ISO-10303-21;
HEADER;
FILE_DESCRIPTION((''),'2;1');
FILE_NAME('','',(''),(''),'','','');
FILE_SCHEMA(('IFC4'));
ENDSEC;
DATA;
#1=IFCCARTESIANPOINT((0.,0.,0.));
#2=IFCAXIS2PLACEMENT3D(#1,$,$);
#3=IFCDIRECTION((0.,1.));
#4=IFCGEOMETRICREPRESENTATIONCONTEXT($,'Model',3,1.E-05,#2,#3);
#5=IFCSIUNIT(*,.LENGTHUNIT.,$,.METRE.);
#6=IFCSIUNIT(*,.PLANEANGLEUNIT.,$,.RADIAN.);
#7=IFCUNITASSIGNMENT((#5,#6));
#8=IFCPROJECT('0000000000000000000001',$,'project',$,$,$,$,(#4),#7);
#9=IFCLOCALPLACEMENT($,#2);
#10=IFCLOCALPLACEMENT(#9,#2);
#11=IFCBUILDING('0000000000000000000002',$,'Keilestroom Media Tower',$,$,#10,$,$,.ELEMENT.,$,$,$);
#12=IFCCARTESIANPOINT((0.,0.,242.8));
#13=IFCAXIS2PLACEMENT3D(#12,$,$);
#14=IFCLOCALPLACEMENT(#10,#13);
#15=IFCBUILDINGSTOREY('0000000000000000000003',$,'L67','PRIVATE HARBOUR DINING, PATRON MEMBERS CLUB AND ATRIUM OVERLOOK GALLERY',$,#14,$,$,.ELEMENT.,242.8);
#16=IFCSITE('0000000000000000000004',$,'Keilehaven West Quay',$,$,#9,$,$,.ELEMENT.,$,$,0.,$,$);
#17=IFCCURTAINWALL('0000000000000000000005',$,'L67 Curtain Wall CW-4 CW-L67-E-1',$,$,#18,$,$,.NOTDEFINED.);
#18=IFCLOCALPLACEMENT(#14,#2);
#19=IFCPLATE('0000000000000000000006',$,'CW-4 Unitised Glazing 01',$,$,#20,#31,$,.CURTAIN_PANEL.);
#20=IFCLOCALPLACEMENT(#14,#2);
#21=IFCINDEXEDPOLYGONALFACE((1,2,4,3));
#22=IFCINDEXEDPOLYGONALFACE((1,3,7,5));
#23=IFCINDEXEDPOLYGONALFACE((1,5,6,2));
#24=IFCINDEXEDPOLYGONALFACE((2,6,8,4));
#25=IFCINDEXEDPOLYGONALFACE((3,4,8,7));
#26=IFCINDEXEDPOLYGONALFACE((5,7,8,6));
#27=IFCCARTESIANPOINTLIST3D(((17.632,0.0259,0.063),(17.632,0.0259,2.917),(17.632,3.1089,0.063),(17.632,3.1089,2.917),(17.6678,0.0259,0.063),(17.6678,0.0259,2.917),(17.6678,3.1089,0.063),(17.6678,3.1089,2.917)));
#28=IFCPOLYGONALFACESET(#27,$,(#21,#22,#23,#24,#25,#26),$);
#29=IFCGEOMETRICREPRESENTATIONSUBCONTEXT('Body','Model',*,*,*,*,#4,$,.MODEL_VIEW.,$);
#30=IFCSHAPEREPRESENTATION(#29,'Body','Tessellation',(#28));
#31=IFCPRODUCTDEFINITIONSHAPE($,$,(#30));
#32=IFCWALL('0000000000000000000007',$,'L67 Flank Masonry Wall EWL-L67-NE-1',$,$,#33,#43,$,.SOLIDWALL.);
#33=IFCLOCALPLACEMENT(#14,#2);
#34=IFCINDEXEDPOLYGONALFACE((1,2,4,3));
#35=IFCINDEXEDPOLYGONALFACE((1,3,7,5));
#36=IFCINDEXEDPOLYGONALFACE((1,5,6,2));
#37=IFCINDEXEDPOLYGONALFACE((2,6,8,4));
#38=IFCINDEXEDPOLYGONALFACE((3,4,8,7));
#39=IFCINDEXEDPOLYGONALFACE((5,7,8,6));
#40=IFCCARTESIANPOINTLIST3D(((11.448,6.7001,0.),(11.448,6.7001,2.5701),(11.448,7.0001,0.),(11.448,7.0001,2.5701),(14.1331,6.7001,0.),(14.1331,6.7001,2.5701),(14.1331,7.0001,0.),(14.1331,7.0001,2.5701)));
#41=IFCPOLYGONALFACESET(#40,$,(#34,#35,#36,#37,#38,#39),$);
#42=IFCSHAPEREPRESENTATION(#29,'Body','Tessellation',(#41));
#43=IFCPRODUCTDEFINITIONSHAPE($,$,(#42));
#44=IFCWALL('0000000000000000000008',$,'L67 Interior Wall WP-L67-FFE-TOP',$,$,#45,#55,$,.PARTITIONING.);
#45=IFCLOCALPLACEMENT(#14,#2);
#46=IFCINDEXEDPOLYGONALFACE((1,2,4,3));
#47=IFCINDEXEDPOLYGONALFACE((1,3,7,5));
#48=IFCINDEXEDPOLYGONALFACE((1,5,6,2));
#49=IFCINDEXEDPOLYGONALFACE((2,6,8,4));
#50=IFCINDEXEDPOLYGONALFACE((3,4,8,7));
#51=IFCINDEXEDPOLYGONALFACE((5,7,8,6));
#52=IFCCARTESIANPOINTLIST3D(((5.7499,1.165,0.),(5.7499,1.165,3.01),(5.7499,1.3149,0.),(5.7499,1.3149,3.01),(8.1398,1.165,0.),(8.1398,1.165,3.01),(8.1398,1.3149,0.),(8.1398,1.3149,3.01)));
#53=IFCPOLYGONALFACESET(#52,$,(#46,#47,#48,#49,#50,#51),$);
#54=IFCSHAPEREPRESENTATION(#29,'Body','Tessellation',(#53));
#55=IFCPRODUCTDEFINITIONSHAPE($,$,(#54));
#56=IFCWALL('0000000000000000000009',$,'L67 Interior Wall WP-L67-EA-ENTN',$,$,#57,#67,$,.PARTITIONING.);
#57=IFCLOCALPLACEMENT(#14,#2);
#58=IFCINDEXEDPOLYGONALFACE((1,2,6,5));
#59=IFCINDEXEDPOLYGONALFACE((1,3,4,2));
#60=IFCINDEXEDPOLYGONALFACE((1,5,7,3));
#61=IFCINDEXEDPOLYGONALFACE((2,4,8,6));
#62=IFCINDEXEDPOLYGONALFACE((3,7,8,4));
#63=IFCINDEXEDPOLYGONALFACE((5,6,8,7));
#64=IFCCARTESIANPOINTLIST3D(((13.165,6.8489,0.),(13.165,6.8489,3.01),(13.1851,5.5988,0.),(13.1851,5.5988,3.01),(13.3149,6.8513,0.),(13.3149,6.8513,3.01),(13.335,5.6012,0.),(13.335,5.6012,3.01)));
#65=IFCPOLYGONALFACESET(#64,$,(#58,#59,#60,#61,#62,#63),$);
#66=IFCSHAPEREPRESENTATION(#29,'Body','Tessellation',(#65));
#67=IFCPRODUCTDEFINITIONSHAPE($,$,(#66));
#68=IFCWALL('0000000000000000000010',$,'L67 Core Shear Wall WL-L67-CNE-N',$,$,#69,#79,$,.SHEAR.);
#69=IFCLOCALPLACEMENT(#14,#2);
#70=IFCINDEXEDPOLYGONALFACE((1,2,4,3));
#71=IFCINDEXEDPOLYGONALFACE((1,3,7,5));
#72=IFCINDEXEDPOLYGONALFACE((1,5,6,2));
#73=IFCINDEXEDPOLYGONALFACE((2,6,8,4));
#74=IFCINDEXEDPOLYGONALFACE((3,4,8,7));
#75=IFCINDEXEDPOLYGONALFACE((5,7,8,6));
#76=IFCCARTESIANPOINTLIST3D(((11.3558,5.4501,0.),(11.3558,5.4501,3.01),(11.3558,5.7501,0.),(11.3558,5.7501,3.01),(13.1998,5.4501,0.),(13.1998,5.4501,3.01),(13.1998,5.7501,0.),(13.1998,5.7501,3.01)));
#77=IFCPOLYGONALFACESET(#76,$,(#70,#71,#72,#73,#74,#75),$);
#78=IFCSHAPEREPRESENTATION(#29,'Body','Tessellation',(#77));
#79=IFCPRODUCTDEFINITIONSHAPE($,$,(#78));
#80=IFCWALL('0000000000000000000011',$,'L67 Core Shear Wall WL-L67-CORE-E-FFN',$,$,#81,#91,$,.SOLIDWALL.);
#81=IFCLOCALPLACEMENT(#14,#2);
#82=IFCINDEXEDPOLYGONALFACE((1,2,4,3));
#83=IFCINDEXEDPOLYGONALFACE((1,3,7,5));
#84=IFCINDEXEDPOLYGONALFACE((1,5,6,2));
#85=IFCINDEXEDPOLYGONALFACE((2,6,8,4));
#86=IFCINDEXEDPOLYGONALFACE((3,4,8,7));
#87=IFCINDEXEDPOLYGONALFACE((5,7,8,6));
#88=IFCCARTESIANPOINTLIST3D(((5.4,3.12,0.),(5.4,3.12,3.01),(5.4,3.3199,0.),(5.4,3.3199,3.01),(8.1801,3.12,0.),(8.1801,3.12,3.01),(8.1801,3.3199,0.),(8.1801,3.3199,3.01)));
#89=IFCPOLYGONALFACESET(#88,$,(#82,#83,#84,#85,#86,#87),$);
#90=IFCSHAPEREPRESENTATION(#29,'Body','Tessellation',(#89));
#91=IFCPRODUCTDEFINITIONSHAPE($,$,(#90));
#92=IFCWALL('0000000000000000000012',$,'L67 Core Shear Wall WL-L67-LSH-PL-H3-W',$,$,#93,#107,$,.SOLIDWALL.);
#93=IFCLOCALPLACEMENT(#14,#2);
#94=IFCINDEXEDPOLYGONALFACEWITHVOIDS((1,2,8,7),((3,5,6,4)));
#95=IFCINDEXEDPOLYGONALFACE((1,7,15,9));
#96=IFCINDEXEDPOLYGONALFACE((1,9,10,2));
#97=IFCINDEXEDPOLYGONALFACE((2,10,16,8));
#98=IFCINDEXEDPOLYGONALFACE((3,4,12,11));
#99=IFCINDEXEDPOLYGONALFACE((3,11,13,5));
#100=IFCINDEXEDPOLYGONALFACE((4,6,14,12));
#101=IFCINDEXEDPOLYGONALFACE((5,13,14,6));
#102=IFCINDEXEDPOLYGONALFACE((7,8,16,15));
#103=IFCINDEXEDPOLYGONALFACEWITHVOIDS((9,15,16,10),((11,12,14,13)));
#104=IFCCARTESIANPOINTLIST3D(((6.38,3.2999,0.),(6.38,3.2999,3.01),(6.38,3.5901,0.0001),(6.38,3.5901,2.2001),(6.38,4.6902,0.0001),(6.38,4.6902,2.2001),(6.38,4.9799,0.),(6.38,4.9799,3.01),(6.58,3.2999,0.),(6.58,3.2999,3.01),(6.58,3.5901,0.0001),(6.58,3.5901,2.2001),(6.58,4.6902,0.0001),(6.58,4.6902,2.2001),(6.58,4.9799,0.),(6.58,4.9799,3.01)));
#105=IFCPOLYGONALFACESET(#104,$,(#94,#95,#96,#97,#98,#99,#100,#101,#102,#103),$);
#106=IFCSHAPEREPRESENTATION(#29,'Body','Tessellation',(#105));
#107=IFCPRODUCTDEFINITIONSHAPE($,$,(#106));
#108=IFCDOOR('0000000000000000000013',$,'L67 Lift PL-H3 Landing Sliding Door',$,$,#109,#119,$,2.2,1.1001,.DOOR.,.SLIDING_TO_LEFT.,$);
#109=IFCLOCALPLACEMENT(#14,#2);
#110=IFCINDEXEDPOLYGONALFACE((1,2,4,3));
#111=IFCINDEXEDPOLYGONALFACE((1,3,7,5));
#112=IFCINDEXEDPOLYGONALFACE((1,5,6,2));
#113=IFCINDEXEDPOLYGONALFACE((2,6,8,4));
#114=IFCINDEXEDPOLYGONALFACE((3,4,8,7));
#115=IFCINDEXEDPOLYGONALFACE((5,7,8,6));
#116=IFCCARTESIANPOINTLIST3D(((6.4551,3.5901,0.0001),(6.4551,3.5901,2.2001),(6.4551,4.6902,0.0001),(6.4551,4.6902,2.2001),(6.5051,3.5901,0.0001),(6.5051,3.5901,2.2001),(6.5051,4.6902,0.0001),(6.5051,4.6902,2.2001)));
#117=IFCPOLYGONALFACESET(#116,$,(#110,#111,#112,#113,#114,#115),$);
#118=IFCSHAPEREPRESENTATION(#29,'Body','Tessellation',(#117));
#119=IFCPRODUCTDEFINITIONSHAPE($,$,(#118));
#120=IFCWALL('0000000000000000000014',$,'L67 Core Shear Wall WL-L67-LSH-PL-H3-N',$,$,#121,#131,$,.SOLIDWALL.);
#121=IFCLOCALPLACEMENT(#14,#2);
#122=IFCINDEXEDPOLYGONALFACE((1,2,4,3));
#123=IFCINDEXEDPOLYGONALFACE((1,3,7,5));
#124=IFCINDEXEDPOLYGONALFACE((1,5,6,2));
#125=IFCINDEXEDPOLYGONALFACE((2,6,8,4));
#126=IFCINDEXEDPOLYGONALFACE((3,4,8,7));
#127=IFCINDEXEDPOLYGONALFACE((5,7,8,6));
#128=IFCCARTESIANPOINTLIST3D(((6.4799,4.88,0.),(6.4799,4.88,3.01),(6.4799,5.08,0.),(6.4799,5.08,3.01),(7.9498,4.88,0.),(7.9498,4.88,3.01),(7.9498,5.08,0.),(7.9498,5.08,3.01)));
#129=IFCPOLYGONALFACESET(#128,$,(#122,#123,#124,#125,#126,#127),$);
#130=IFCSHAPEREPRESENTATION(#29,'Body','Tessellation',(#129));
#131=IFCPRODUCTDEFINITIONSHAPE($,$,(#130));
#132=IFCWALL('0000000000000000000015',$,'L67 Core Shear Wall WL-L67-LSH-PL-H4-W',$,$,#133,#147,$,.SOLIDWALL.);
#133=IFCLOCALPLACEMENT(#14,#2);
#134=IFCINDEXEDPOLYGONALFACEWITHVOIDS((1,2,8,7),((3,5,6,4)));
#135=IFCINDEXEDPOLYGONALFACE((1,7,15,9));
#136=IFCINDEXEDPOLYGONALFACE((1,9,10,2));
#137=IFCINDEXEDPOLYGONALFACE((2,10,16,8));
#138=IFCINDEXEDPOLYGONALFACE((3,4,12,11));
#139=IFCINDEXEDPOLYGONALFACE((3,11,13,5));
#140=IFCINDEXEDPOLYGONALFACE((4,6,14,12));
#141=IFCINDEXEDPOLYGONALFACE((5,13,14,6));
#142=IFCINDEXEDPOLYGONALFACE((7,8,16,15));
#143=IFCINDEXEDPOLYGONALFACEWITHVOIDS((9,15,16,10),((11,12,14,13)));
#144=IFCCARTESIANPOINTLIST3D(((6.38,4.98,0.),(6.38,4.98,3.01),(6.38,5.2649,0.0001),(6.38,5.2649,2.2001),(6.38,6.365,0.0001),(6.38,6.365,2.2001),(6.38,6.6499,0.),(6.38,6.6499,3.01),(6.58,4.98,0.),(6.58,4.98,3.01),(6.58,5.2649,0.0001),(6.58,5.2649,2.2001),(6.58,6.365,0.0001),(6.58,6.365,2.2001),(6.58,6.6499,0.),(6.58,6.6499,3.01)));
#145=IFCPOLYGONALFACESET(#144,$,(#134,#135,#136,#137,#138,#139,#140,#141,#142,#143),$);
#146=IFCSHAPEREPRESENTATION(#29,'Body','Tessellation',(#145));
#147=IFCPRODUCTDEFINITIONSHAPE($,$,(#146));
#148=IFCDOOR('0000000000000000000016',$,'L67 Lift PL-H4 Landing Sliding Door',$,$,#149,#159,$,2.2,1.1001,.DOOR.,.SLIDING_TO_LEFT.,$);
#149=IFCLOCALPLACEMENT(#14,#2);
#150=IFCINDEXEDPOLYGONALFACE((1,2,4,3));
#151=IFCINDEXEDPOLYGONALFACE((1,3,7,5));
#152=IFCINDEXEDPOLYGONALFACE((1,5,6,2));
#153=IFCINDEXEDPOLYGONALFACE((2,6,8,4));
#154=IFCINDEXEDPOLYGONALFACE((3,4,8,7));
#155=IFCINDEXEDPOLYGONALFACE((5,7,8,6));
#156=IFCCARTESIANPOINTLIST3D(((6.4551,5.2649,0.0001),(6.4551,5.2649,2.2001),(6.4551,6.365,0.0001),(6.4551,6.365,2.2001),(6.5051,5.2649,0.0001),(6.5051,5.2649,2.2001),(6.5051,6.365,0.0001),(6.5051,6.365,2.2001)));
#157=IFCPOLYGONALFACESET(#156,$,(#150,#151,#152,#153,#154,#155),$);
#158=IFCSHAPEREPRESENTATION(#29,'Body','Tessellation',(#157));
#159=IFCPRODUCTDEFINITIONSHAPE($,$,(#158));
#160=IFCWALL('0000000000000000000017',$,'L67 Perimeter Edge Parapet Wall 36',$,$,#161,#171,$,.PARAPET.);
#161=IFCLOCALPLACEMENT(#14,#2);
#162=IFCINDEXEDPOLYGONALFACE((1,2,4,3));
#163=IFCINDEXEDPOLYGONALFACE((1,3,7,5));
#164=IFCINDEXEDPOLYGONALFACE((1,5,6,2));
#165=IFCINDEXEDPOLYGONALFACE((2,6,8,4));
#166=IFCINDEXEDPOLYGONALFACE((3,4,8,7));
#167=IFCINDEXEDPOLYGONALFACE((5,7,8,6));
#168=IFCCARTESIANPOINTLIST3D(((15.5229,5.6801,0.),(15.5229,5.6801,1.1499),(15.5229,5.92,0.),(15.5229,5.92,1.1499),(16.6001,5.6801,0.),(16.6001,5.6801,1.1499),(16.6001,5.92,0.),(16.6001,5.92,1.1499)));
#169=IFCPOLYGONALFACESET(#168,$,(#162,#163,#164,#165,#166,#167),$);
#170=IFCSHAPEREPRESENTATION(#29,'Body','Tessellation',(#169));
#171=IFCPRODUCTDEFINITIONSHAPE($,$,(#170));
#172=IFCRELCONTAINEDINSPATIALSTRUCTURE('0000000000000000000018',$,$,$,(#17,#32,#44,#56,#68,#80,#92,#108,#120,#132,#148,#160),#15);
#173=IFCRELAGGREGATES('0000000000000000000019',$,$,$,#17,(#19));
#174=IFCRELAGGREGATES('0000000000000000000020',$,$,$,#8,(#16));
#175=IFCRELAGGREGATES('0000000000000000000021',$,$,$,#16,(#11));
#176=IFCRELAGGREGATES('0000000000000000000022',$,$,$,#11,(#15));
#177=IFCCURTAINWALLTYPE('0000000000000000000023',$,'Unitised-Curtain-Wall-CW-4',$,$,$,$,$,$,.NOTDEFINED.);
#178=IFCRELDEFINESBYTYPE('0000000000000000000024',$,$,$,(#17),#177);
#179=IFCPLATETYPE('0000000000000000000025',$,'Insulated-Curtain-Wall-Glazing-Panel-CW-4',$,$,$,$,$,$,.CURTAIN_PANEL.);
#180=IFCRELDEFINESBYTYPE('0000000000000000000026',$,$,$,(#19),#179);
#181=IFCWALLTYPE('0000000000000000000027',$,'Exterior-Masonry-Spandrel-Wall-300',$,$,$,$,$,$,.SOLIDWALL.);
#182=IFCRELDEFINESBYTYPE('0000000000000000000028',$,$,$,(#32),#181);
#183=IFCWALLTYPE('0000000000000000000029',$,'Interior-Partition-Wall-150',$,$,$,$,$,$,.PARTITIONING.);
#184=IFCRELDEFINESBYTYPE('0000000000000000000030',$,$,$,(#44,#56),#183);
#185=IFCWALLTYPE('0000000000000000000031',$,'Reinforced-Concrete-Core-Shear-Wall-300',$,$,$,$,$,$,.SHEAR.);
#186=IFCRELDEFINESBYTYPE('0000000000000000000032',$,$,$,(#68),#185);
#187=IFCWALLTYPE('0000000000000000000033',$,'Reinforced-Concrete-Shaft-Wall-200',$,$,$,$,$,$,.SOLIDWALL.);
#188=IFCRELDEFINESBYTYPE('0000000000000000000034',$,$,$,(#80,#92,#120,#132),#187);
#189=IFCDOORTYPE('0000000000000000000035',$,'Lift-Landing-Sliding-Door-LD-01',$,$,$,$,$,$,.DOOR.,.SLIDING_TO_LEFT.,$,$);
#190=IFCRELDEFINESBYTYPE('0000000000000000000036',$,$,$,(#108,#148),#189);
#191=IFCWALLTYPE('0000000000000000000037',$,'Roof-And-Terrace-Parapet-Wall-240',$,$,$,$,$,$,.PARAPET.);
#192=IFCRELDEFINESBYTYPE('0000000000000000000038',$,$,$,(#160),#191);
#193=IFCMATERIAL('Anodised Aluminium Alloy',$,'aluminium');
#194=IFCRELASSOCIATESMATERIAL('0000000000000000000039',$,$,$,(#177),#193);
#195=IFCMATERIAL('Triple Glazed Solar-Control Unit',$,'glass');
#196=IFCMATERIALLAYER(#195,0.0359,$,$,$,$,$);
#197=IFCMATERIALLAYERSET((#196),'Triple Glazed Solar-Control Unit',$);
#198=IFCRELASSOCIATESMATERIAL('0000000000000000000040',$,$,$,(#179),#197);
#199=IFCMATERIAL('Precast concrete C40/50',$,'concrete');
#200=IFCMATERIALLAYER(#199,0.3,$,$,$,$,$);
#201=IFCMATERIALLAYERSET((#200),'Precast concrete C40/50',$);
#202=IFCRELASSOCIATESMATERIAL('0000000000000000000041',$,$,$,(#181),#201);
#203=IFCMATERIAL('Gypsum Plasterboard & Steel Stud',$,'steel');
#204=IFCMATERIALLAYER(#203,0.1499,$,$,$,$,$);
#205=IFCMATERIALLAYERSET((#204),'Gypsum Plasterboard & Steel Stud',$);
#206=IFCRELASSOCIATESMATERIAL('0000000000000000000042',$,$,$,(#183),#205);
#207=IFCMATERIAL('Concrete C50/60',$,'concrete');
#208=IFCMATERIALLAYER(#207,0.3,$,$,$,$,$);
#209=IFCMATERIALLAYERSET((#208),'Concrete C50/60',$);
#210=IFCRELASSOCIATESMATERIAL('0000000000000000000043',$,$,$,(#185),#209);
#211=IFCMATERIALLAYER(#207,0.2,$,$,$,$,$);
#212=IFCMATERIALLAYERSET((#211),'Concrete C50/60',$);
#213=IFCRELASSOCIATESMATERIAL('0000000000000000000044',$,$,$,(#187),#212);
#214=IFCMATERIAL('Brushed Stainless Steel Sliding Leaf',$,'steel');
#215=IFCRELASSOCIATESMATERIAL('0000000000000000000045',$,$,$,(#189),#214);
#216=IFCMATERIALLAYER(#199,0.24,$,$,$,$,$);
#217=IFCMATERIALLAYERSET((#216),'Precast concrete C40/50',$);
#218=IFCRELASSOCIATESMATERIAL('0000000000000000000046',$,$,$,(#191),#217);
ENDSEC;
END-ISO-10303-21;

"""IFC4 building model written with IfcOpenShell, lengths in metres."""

from ifc_helpers import new_model, si_unit, direction, frame, frame_2d, origin, origin_2d, place, context, subcontext, project, spatial, rectangle, extrude, source, transform, mapped, material, layer, layer_set, type_object, element, fill, aggregate, save


model = new_model("IFC4")

# Units and contexts
model_context = context("Model", 3, precision=1e-05, world=origin(), true_north=direction((0.0, 1.0)))
body_context = subcontext(model_context, "Body", "Model", "MODEL_VIEW")
ifc_project = project(units=[si_unit("LENGTHUNIT", "METRE"), si_unit("PLANEANGLEUNIT", "RADIAN")], contexts=[model_context])

# Site, building, storey
site_placement = place(None, origin())
site = spatial("IfcSite", under=ifc_project, at=site_placement, Name="Keilehaven West Quay", CompositionType="ELEMENT", RefElevation=0.0)
building_placement = place(site_placement, origin())
building = spatial("IfcBuilding", under=site, at=building_placement, Name="Keilestroom Media Tower", CompositionType="ELEMENT")
storey_placement = place(building_placement, frame((0.0, 0.0, 242.8)))
storey = spatial("IfcBuildingStorey", under=building, at=storey_placement, Name="L67", Description="PRIVATE HARBOUR DINING, PATRON MEMBERS CLUB AND ATRIUM OVERLOOK GALLERY", CompositionType="ELEMENT", Elevation=242.8)

# Shared definitions
ifc_material_1 = material(Name="Precast concrete C40/50", Category="concrete")

# Curtain wall
ifc_material_2 = material(Name="Anodised Aluminium Alloy", Category="aluminium")
curtain_wall_type = type_object("IfcCurtainWallType", Name="Unitised-Curtain-Wall-CW-4", PredefinedType="NOTDEFINED", material=ifc_material_2)
curtain_wall_placement = place(storey_placement, origin())
curtain_wall = element("IfcCurtainWall", 1, at=curtain_wall_placement, inside=storey, type_object=curtain_wall_type, Name="L67 Curtain Wall CW-4 CW-L67-E-1", PredefinedType="NOTDEFINED")

# Plate
ifc_material_3 = material(Name="Triple Glazed Solar-Control Unit", Category="glass")
ifc_layer_1 = layer(ifc_material_3, 0.0359)
ifc_layer_set_1 = layer_set([ifc_layer_1], Name="Triple Glazed Solar-Control Unit")
plate_type = type_object("IfcPlateType", Name="Insulated-Curtain-Wall-Glazing-Panel-CW-4", PredefinedType="CURTAIN_PANEL", material=ifc_layer_set_1)
shared_shape_1 = source(origin(), body_context, "Body", "SweptSolid", [
    extrude(rectangle(XDim=3.083, YDim=0.0359, at=origin_2d()), origin(), (0.0, 0.0, 1.0), 2.854),
])
plate_placement = place(storey_placement, frame((17.6499, 1.5674, 0.063), z_axis=(0.0, 0.0, 1.0), x_axis=(0.0, 1.0, 0.0)))
plate = element("IfcPlate", 2, at=plate_placement, type_object=plate_type, Name="CW-4 Unitised Glazing 01", PredefinedType="CURTAIN_PANEL", context=body_context, shape_type="MappedRepresentation", body=[
    mapped(shared_shape_1, transform((0.0, 0.0, 0.0), x_axis=(1.0, 0.0, 0.0), y_axis=(0.0, 1.0, 0.0), z_axis=(0.0, 0.0, 1.0), scale=1.0)),
])
aggregate(curtain_wall, [plate])

# Walls
ifc_layer_2 = layer(ifc_material_1, 0.3)
ifc_layer_set_2 = layer_set([ifc_layer_2], Name="Precast concrete C40/50")
wall_type_1 = type_object("IfcWallType", Name="Exterior-Masonry-Spandrel-Wall-300", PredefinedType="SOLIDWALL", material=ifc_layer_set_2)
wall_1_placement = place(storey_placement, frame((11.448, 6.8501, 0.0), z_axis=(0.0, 0.0, 1.0), x_axis=(1.0, 0.0, 0.0)))
element("IfcWall", 3, at=wall_1_placement, inside=storey, type_object=wall_type_1, Name="L67 Flank Masonry Wall EWL-L67-NE-1", PredefinedType="SOLIDWALL", context=body_context, shape_type="SweptSolid", body=[
    extrude(rectangle(XDim=2.6851, YDim=0.3, at=frame_2d((1.3425, 0.0))), origin(), (0.0, 0.0, 1.0), 2.5701),
])
ifc_material_4 = material(Name="Gypsum Plasterboard & Steel Stud", Category="steel")
ifc_layer_3 = layer(ifc_material_4, 0.1499)
ifc_layer_set_3 = layer_set([ifc_layer_3], Name="Gypsum Plasterboard & Steel Stud")
wall_type_2 = type_object("IfcWallType", Name="Interior-Partition-Wall-150", PredefinedType="PARTITIONING", material=ifc_layer_set_3)
wall_2_placement = place(storey_placement, frame((5.75, 1.24, 0.0), z_axis=(0.0, 0.0, 1.0), x_axis=(1.0, 0.0, 0.0)))
element("IfcWall", 4, at=wall_2_placement, inside=storey, type_object=wall_type_2, Name="L67 Interior Wall WP-L67-FFE-TOP", PredefinedType="PARTITIONING", context=body_context, shape_type="SweptSolid", body=[
    extrude(rectangle(XDim=2.3899, YDim=0.1499, at=frame_2d((1.1948, 0.0))), origin(), (0.0, 0.0, 1.0), 3.01),
])
wall_3_placement = place(storey_placement, frame((13.26, 5.6001, 0.0), z_axis=(0.0, 0.0, 1.0), x_axis=(-0.016014, 0.999872, 0.0)))
element("IfcWall", 5, at=wall_3_placement, inside=storey, type_object=wall_type_2, Name="L67 Interior Wall WP-L67-EA-ENTN", PredefinedType="PARTITIONING", context=body_context, shape_type="SweptSolid", body=[
    extrude(rectangle(XDim=1.2502, YDim=0.1499, at=frame_2d((0.625, 0.0))), origin(), (0.0, 0.0, 1.0), 3.01),
])
ifc_material_5 = material(Name="Concrete C50/60", Category="concrete")
ifc_layer_4 = layer(ifc_material_5, 0.3)
ifc_layer_set_4 = layer_set([ifc_layer_4], Name="Concrete C50/60")
wall_type_3 = type_object("IfcWallType", Name="Reinforced-Concrete-Core-Shear-Wall-300", PredefinedType="SHEAR", material=ifc_layer_set_4)
wall_4_placement = place(storey_placement, frame((11.356, 5.6001, 0.0), z_axis=(0.0, 0.0, 1.0), x_axis=(1.0, 0.0, 0.0)))
element("IfcWall", 6, at=wall_4_placement, inside=storey, type_object=wall_type_3, Name="L67 Core Shear Wall WL-L67-CNE-N", PredefinedType="SHEAR", context=body_context, shape_type="SweptSolid", body=[
    extrude(rectangle(XDim=1.844, YDim=0.3, at=frame_2d((0.9219, 0.0))), origin(), (0.0, 0.0, 1.0), 3.01),
])
ifc_layer_5 = layer(ifc_material_5, 0.2)
ifc_layer_set_5 = layer_set([ifc_layer_5], Name="Concrete C50/60")
wall_type_4 = type_object("IfcWallType", Name="Reinforced-Concrete-Shaft-Wall-200", PredefinedType="SOLIDWALL", material=ifc_layer_set_5)
wall_5_placement = place(storey_placement, frame((5.3999, 3.22, 0.0), z_axis=(0.0, 0.0, 1.0), x_axis=(1.0, 0.0, 0.0)))
element("IfcWall", 7, at=wall_5_placement, inside=storey, type_object=wall_type_4, Name="L67 Core Shear Wall WL-L67-CORE-E-FFN", PredefinedType="SOLIDWALL", context=body_context, shape_type="SweptSolid", body=[
    extrude(rectangle(XDim=2.78, YDim=0.2, at=frame_2d((1.3901, 0.0))), origin(), (0.0, 0.0, 1.0), 3.01),
])

# Wall, opening, door
wall_6_placement = place(storey_placement, frame((6.48, 3.3, 0.0), z_axis=(0.0, 0.0, 1.0), x_axis=(0.0, 1.0, 0.0)))
wall_6 = element("IfcWall", 8, at=wall_6_placement, inside=storey, type_object=wall_type_4, Name="L67 Core Shear Wall WL-L67-LSH-PL-H3-W", PredefinedType="SOLIDWALL", context=body_context, shape_type="SweptSolid", body=[
    extrude(rectangle(XDim=1.6799, YDim=0.2, at=frame_2d((0.8398, 0.0))), origin(), (0.0, 0.0, 1.0), 3.01),
])
opening_1_placement = place(wall_6_placement, frame((0.29, 0.0, 0.0)))
opening_1 = element("IfcOpeningElement", 9, at=opening_1_placement, cuts=wall_6, PredefinedType="OPENING", context=body_context, shape_type="SweptSolid", body=[
    extrude(rectangle(XDim=1.1001, YDim=2.2, at=frame_2d((0.55, 1.1001))), frame((0.0, 0.1099, 0.0), z_axis=(0.0, -1.0, 0.0), x_axis=(1.0, 0.0, 0.0)), (0.0, 0.0, 1.0), 0.22),
])
ifc_material_6 = material(Name="Brushed Stainless Steel Sliding Leaf", Category="steel")
door_type = type_object("IfcDoorType", Name="Lift-Landing-Sliding-Door-LD-01", OperationType="SLIDING_TO_LEFT", PredefinedType="DOOR", material=ifc_material_6)
shared_shape_2 = source(origin(), body_context, "Body", "SweptSolid", [
    extrude(rectangle(XDim=1.1001, YDim=2.2, at=frame_2d((0.55, 1.1001))), frame((0.0, 0.0249, 0.0), z_axis=(0.0, -1.0, 0.0), x_axis=(1.0, 0.0, 0.0)), (0.0, 0.0, 1.0), 0.05),
])
door_1_placement = place(opening_1_placement, origin())
door_1 = element("IfcDoor", 10, at=door_1_placement, inside=storey, type_object=door_type, Name="L67 Lift PL-H3 Landing Sliding Door", OperationType="SLIDING_TO_LEFT", OverallHeight=2.2, OverallWidth=1.1001, PredefinedType="DOOR", context=body_context, shape_type="MappedRepresentation", body=[
    mapped(shared_shape_2, transform((0.0, 0.0, 0.0), x_axis=(1.0, 0.0, 0.0), y_axis=(0.0, 1.0, 0.0), z_axis=(0.0, 0.0, 1.0), scale=1.0)),
])
fill(opening_1, door_1)

# Wall
wall_7_placement = place(storey_placement, frame((6.48, 4.98, 0.0), z_axis=(0.0, 0.0, 1.0), x_axis=(1.0, 0.0, 0.0)))
element("IfcWall", 11, at=wall_7_placement, inside=storey, type_object=wall_type_4, Name="L67 Core Shear Wall WL-L67-LSH-PL-H3-N", PredefinedType="SOLIDWALL", context=body_context, shape_type="SweptSolid", body=[
    extrude(rectangle(XDim=1.47, YDim=0.2, at=frame_2d((0.7349, 0.0))), origin(), (0.0, 0.0, 1.0), 3.01),
])

# Wall, opening, door
wall_8_placement = place(storey_placement, frame((6.48, 4.98, 0.0), z_axis=(0.0, 0.0, 1.0), x_axis=(0.0, 1.0, 0.0)))
wall_8 = element("IfcWall", 12, at=wall_8_placement, inside=storey, type_object=wall_type_4, Name="L67 Core Shear Wall WL-L67-LSH-PL-H4-W", PredefinedType="SOLIDWALL", context=body_context, shape_type="SweptSolid", body=[
    extrude(rectangle(XDim=1.6699, YDim=0.2, at=frame_2d((0.835, 0.0))), origin(), (0.0, 0.0, 1.0), 3.01),
])
opening_2_placement = place(wall_8_placement, frame((0.2849, 0.0, 0.0)))
opening_2 = element("IfcOpeningElement", 13, at=opening_2_placement, cuts=wall_8, PredefinedType="OPENING", context=body_context, shape_type="SweptSolid", body=[
    extrude(rectangle(XDim=1.1001, YDim=2.2, at=frame_2d((0.55, 1.1001))), frame((0.0, 0.1099, 0.0), z_axis=(0.0, -1.0, 0.0), x_axis=(1.0, 0.0, 0.0)), (0.0, 0.0, 1.0), 0.22),
])
door_2_placement = place(opening_2_placement, origin())
door_2 = element("IfcDoor", 14, at=door_2_placement, inside=storey, type_object=door_type, Name="L67 Lift PL-H4 Landing Sliding Door", OperationType="SLIDING_TO_LEFT", OverallHeight=2.2, OverallWidth=1.1001, PredefinedType="DOOR", context=body_context, shape_type="MappedRepresentation", body=[
    mapped(shared_shape_2, transform((0.0, 0.0, 0.0), x_axis=(1.0, 0.0, 0.0), y_axis=(0.0, 1.0, 0.0), z_axis=(0.0, 0.0, 1.0), scale=1.0)),
])
fill(opening_2, door_2)

# Wall
ifc_layer_6 = layer(ifc_material_1, 0.24)
ifc_layer_set_6 = layer_set([ifc_layer_6], Name="Precast concrete C40/50")
wall_type_5 = type_object("IfcWallType", Name="Roof-And-Terrace-Parapet-Wall-240", PredefinedType="PARAPET", material=ifc_layer_set_6)
wall_9_placement = place(storey_placement, frame((15.5229, 5.8, 0.0), z_axis=(0.0, 0.0, 1.0), x_axis=(1.0, 0.0, 0.0)))
element("IfcWall", 15, at=wall_9_placement, inside=storey, type_object=wall_type_5, Name="L67 Perimeter Edge Parapet Wall 36", PredefinedType="PARAPET", context=body_context, shape_type="SweptSolid", body=[
    extrude(rectangle(XDim=1.0771, YDim=0.24, at=frame_2d((0.5386, 0.0))), origin(), (0.0, 0.0, 1.0), 1.1499),
])

save(model, "model.ifc")
